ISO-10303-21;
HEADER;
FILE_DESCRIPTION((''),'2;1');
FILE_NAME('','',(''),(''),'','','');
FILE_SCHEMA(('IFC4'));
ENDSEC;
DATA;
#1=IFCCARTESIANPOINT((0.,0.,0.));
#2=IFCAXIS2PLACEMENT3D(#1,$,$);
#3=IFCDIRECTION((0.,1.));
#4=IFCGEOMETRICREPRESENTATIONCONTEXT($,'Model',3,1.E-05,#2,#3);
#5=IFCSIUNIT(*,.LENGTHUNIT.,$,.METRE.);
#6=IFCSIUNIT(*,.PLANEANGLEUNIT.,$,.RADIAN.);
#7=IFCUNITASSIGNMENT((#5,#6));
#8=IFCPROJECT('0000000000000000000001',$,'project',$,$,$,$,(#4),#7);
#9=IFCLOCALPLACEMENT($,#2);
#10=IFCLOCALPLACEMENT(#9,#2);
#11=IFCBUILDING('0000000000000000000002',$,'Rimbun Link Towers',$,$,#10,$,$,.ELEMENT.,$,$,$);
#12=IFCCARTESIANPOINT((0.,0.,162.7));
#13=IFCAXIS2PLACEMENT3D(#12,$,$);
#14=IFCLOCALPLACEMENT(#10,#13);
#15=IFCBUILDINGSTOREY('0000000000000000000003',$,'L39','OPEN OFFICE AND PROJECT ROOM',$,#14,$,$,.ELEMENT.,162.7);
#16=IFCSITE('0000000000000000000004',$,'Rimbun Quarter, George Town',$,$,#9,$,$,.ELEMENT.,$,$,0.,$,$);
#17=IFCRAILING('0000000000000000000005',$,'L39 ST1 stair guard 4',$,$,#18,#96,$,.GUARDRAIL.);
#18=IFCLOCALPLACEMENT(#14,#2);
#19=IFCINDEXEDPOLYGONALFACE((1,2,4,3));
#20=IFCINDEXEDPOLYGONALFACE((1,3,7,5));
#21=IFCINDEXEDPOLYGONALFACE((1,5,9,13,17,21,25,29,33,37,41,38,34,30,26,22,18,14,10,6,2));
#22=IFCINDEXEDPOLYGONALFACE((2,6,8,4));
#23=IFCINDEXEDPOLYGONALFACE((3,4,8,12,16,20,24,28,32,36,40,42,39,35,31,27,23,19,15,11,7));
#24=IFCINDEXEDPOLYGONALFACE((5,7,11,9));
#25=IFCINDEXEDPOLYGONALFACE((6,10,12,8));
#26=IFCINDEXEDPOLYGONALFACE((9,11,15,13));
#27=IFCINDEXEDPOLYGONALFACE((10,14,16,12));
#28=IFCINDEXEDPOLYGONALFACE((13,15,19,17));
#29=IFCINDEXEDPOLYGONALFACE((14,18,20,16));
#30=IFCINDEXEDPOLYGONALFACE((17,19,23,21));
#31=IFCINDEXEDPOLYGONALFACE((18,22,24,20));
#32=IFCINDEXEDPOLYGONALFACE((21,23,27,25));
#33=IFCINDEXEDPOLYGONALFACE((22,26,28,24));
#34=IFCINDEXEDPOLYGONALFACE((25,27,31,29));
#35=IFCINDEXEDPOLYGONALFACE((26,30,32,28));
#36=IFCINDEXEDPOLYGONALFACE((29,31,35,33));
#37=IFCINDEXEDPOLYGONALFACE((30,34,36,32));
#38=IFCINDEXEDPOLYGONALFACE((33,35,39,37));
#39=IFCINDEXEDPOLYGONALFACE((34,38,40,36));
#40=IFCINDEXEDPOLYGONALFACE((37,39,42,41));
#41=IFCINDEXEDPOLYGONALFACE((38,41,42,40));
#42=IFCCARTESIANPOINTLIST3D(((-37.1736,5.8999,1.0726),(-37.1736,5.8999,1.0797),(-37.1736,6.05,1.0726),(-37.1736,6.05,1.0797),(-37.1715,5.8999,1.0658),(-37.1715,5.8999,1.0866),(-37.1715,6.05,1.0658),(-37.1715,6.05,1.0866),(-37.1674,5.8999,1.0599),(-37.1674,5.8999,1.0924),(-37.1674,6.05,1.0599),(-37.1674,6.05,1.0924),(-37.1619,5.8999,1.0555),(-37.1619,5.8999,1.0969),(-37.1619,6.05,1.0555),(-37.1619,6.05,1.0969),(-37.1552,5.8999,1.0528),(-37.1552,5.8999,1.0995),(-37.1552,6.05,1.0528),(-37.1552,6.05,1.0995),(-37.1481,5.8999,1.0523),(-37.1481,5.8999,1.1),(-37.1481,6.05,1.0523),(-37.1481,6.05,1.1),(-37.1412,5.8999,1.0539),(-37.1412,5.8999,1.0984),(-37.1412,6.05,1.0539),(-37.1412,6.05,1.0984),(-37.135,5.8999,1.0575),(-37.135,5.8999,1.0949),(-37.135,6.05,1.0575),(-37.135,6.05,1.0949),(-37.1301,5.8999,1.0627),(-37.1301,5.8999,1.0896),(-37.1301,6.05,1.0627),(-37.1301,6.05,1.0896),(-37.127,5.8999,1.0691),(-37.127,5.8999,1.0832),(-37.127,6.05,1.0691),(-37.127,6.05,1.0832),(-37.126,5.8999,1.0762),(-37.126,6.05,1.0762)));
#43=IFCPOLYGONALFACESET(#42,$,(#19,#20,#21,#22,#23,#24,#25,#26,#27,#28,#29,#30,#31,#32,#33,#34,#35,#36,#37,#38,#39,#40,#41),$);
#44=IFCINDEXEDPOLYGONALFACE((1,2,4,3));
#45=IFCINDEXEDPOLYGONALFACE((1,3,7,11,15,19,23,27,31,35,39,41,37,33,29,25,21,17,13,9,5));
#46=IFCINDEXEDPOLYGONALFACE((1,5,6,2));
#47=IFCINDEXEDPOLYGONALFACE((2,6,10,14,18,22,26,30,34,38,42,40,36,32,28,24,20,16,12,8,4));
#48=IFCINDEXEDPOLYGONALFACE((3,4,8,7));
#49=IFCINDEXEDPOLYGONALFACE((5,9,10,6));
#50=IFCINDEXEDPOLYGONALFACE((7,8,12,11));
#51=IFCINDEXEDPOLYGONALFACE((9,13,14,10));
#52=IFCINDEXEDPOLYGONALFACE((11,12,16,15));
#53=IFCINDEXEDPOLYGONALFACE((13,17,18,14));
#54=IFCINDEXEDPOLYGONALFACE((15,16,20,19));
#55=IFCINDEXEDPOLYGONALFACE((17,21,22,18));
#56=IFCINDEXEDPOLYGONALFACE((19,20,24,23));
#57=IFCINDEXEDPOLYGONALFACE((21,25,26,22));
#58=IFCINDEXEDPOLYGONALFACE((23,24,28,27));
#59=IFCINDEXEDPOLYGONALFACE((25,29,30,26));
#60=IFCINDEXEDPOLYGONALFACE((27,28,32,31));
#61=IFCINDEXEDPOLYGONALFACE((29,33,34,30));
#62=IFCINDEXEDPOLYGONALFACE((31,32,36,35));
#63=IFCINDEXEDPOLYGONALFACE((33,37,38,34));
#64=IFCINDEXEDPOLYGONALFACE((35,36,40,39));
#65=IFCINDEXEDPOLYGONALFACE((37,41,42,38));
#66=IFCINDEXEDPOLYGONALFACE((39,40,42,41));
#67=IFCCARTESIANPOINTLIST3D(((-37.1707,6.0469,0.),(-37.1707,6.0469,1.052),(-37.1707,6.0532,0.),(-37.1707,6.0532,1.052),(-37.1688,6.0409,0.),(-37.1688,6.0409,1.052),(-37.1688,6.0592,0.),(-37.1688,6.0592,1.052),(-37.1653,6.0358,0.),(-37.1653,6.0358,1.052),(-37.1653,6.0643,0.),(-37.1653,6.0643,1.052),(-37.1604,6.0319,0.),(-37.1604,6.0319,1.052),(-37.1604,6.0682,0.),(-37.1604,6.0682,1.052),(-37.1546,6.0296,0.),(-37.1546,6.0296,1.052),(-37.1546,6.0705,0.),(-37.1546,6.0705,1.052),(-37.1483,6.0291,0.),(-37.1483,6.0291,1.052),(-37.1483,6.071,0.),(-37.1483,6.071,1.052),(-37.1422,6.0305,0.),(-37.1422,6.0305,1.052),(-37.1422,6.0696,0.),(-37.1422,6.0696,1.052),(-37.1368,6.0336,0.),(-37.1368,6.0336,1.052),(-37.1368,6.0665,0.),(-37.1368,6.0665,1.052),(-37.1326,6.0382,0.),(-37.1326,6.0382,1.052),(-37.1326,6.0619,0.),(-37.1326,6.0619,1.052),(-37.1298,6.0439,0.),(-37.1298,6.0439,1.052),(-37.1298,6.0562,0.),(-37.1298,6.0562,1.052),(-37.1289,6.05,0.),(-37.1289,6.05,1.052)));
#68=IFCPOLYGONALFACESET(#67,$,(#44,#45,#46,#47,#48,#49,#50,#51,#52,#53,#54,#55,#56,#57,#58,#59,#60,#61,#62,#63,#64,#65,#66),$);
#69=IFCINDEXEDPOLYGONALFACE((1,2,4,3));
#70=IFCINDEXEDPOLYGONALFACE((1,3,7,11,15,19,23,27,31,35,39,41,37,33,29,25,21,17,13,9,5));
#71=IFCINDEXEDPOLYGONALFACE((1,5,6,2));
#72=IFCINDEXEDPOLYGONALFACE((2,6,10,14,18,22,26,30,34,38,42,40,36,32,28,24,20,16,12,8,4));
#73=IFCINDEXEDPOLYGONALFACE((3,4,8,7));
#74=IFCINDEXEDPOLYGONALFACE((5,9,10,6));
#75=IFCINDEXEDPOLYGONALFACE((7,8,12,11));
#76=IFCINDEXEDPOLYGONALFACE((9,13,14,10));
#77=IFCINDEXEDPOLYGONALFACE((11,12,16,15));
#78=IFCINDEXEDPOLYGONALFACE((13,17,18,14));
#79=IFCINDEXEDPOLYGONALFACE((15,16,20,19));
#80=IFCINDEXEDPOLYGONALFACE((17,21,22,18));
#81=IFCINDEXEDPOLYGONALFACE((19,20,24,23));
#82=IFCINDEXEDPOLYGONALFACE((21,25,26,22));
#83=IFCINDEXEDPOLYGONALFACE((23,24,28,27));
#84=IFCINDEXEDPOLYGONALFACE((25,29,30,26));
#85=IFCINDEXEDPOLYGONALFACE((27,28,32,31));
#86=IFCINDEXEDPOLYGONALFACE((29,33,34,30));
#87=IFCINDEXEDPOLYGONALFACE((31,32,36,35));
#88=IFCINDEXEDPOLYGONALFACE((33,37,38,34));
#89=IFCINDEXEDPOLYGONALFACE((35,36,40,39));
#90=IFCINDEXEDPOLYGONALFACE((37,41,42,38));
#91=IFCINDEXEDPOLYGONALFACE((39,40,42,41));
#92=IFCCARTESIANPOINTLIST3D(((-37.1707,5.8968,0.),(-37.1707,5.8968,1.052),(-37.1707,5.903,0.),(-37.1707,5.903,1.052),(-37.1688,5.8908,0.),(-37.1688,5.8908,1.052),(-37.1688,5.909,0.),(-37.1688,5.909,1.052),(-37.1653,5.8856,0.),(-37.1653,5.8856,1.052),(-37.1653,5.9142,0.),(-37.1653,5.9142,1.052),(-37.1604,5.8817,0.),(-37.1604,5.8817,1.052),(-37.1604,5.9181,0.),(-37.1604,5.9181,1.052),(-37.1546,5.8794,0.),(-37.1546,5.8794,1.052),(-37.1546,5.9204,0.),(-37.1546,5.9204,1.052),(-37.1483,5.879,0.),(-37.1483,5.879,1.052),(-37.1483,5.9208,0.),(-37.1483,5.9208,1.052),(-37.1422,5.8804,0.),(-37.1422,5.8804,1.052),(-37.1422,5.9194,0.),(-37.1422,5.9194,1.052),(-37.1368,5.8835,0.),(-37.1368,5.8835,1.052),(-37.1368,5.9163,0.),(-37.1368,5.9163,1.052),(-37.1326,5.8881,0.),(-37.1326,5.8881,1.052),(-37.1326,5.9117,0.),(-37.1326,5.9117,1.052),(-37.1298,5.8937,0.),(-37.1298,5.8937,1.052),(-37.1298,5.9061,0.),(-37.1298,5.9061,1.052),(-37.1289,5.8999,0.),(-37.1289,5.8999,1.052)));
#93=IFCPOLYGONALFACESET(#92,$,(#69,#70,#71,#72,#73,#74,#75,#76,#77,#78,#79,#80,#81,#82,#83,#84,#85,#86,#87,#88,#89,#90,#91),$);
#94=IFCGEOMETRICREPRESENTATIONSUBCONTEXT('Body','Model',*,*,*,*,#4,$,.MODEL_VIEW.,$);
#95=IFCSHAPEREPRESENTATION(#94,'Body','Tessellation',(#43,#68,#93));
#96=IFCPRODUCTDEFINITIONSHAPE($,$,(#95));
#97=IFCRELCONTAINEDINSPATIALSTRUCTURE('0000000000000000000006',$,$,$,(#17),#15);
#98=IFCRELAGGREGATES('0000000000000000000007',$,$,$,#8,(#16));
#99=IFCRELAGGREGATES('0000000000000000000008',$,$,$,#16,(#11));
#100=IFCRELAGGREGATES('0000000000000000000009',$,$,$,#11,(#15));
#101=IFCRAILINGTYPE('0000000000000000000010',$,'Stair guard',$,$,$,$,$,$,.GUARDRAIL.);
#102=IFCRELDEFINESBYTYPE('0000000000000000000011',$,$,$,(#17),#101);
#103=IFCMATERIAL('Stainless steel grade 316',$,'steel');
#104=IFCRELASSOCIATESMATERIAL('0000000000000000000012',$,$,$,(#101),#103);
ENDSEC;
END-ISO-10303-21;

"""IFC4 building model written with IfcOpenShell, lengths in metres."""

from ifc_helpers import new_model, si_unit, direction, frame, origin, origin_2d, place, context, subcontext, project, spatial, circle, extrude, material, type_object, element, save


model = new_model("IFC4")

# Units and contexts
model_context = context("Model", 3, precision=1e-05, world=origin(), true_north=direction((0.0, 1.0)))
body_context = subcontext(model_context, "Body", "Model", "MODEL_VIEW")
ifc_project = project(units=[si_unit("LENGTHUNIT", "METRE"), si_unit("PLANEANGLEUNIT", "RADIAN")], contexts=[model_context])

# Site, building, storey
site_placement = place(None, origin())
site = spatial("IfcSite", under=ifc_project, at=site_placement, Name="Rimbun Quarter, George Town", CompositionType="ELEMENT", RefElevation=0.0)
building_placement = place(site_placement, origin())
building = spatial("IfcBuilding", under=site, at=building_placement, Name="Rimbun Link Towers", CompositionType="ELEMENT")
storey_placement = place(building_placement, frame((0.0, 0.0, 162.7)))
storey = spatial("IfcBuildingStorey", under=building, at=storey_placement, Name="L39", Description="OPEN OFFICE AND PROJECT ROOM", CompositionType="ELEMENT", Elevation=162.7)

# Railing
ifc_material_1 = material(Name="Stainless steel grade 316", Category="steel")
railing_type_1 = type_object("IfcRailingType", Name="Stair guard", PredefinedType="GUARDRAIL", material=ifc_material_1)
railing_1_placement = place(storey_placement, frame((-37.1499, 6.05, 0.0)))
element("IfcRailing", 1, at=railing_1_placement, inside=storey, type_object=railing_type_1, Name="L39 ST1 stair guard 4", PredefinedType="GUARDRAIL", context=body_context, shape_type="SweptSolid", body=[
    extrude(circle(Radius=0.0239, at=origin_2d()), frame((0.0, 0.0, 1.0762), z_axis=(0.0, -1.0, 0.0), x_axis=(1.0, 0.0, 0.0)), (0.0, 0.0, 1.0), 0.1501),
    extrude(circle(Radius=0.021, at=origin_2d()), origin(), (0.0, 0.0, 1.0), 1.052),
    extrude(circle(Radius=0.021, at=origin_2d()), frame((0.0, -0.1501, 0.0)), (0.0, 0.0, 1.0), 1.052),
])

save(model, "model.ifc")
